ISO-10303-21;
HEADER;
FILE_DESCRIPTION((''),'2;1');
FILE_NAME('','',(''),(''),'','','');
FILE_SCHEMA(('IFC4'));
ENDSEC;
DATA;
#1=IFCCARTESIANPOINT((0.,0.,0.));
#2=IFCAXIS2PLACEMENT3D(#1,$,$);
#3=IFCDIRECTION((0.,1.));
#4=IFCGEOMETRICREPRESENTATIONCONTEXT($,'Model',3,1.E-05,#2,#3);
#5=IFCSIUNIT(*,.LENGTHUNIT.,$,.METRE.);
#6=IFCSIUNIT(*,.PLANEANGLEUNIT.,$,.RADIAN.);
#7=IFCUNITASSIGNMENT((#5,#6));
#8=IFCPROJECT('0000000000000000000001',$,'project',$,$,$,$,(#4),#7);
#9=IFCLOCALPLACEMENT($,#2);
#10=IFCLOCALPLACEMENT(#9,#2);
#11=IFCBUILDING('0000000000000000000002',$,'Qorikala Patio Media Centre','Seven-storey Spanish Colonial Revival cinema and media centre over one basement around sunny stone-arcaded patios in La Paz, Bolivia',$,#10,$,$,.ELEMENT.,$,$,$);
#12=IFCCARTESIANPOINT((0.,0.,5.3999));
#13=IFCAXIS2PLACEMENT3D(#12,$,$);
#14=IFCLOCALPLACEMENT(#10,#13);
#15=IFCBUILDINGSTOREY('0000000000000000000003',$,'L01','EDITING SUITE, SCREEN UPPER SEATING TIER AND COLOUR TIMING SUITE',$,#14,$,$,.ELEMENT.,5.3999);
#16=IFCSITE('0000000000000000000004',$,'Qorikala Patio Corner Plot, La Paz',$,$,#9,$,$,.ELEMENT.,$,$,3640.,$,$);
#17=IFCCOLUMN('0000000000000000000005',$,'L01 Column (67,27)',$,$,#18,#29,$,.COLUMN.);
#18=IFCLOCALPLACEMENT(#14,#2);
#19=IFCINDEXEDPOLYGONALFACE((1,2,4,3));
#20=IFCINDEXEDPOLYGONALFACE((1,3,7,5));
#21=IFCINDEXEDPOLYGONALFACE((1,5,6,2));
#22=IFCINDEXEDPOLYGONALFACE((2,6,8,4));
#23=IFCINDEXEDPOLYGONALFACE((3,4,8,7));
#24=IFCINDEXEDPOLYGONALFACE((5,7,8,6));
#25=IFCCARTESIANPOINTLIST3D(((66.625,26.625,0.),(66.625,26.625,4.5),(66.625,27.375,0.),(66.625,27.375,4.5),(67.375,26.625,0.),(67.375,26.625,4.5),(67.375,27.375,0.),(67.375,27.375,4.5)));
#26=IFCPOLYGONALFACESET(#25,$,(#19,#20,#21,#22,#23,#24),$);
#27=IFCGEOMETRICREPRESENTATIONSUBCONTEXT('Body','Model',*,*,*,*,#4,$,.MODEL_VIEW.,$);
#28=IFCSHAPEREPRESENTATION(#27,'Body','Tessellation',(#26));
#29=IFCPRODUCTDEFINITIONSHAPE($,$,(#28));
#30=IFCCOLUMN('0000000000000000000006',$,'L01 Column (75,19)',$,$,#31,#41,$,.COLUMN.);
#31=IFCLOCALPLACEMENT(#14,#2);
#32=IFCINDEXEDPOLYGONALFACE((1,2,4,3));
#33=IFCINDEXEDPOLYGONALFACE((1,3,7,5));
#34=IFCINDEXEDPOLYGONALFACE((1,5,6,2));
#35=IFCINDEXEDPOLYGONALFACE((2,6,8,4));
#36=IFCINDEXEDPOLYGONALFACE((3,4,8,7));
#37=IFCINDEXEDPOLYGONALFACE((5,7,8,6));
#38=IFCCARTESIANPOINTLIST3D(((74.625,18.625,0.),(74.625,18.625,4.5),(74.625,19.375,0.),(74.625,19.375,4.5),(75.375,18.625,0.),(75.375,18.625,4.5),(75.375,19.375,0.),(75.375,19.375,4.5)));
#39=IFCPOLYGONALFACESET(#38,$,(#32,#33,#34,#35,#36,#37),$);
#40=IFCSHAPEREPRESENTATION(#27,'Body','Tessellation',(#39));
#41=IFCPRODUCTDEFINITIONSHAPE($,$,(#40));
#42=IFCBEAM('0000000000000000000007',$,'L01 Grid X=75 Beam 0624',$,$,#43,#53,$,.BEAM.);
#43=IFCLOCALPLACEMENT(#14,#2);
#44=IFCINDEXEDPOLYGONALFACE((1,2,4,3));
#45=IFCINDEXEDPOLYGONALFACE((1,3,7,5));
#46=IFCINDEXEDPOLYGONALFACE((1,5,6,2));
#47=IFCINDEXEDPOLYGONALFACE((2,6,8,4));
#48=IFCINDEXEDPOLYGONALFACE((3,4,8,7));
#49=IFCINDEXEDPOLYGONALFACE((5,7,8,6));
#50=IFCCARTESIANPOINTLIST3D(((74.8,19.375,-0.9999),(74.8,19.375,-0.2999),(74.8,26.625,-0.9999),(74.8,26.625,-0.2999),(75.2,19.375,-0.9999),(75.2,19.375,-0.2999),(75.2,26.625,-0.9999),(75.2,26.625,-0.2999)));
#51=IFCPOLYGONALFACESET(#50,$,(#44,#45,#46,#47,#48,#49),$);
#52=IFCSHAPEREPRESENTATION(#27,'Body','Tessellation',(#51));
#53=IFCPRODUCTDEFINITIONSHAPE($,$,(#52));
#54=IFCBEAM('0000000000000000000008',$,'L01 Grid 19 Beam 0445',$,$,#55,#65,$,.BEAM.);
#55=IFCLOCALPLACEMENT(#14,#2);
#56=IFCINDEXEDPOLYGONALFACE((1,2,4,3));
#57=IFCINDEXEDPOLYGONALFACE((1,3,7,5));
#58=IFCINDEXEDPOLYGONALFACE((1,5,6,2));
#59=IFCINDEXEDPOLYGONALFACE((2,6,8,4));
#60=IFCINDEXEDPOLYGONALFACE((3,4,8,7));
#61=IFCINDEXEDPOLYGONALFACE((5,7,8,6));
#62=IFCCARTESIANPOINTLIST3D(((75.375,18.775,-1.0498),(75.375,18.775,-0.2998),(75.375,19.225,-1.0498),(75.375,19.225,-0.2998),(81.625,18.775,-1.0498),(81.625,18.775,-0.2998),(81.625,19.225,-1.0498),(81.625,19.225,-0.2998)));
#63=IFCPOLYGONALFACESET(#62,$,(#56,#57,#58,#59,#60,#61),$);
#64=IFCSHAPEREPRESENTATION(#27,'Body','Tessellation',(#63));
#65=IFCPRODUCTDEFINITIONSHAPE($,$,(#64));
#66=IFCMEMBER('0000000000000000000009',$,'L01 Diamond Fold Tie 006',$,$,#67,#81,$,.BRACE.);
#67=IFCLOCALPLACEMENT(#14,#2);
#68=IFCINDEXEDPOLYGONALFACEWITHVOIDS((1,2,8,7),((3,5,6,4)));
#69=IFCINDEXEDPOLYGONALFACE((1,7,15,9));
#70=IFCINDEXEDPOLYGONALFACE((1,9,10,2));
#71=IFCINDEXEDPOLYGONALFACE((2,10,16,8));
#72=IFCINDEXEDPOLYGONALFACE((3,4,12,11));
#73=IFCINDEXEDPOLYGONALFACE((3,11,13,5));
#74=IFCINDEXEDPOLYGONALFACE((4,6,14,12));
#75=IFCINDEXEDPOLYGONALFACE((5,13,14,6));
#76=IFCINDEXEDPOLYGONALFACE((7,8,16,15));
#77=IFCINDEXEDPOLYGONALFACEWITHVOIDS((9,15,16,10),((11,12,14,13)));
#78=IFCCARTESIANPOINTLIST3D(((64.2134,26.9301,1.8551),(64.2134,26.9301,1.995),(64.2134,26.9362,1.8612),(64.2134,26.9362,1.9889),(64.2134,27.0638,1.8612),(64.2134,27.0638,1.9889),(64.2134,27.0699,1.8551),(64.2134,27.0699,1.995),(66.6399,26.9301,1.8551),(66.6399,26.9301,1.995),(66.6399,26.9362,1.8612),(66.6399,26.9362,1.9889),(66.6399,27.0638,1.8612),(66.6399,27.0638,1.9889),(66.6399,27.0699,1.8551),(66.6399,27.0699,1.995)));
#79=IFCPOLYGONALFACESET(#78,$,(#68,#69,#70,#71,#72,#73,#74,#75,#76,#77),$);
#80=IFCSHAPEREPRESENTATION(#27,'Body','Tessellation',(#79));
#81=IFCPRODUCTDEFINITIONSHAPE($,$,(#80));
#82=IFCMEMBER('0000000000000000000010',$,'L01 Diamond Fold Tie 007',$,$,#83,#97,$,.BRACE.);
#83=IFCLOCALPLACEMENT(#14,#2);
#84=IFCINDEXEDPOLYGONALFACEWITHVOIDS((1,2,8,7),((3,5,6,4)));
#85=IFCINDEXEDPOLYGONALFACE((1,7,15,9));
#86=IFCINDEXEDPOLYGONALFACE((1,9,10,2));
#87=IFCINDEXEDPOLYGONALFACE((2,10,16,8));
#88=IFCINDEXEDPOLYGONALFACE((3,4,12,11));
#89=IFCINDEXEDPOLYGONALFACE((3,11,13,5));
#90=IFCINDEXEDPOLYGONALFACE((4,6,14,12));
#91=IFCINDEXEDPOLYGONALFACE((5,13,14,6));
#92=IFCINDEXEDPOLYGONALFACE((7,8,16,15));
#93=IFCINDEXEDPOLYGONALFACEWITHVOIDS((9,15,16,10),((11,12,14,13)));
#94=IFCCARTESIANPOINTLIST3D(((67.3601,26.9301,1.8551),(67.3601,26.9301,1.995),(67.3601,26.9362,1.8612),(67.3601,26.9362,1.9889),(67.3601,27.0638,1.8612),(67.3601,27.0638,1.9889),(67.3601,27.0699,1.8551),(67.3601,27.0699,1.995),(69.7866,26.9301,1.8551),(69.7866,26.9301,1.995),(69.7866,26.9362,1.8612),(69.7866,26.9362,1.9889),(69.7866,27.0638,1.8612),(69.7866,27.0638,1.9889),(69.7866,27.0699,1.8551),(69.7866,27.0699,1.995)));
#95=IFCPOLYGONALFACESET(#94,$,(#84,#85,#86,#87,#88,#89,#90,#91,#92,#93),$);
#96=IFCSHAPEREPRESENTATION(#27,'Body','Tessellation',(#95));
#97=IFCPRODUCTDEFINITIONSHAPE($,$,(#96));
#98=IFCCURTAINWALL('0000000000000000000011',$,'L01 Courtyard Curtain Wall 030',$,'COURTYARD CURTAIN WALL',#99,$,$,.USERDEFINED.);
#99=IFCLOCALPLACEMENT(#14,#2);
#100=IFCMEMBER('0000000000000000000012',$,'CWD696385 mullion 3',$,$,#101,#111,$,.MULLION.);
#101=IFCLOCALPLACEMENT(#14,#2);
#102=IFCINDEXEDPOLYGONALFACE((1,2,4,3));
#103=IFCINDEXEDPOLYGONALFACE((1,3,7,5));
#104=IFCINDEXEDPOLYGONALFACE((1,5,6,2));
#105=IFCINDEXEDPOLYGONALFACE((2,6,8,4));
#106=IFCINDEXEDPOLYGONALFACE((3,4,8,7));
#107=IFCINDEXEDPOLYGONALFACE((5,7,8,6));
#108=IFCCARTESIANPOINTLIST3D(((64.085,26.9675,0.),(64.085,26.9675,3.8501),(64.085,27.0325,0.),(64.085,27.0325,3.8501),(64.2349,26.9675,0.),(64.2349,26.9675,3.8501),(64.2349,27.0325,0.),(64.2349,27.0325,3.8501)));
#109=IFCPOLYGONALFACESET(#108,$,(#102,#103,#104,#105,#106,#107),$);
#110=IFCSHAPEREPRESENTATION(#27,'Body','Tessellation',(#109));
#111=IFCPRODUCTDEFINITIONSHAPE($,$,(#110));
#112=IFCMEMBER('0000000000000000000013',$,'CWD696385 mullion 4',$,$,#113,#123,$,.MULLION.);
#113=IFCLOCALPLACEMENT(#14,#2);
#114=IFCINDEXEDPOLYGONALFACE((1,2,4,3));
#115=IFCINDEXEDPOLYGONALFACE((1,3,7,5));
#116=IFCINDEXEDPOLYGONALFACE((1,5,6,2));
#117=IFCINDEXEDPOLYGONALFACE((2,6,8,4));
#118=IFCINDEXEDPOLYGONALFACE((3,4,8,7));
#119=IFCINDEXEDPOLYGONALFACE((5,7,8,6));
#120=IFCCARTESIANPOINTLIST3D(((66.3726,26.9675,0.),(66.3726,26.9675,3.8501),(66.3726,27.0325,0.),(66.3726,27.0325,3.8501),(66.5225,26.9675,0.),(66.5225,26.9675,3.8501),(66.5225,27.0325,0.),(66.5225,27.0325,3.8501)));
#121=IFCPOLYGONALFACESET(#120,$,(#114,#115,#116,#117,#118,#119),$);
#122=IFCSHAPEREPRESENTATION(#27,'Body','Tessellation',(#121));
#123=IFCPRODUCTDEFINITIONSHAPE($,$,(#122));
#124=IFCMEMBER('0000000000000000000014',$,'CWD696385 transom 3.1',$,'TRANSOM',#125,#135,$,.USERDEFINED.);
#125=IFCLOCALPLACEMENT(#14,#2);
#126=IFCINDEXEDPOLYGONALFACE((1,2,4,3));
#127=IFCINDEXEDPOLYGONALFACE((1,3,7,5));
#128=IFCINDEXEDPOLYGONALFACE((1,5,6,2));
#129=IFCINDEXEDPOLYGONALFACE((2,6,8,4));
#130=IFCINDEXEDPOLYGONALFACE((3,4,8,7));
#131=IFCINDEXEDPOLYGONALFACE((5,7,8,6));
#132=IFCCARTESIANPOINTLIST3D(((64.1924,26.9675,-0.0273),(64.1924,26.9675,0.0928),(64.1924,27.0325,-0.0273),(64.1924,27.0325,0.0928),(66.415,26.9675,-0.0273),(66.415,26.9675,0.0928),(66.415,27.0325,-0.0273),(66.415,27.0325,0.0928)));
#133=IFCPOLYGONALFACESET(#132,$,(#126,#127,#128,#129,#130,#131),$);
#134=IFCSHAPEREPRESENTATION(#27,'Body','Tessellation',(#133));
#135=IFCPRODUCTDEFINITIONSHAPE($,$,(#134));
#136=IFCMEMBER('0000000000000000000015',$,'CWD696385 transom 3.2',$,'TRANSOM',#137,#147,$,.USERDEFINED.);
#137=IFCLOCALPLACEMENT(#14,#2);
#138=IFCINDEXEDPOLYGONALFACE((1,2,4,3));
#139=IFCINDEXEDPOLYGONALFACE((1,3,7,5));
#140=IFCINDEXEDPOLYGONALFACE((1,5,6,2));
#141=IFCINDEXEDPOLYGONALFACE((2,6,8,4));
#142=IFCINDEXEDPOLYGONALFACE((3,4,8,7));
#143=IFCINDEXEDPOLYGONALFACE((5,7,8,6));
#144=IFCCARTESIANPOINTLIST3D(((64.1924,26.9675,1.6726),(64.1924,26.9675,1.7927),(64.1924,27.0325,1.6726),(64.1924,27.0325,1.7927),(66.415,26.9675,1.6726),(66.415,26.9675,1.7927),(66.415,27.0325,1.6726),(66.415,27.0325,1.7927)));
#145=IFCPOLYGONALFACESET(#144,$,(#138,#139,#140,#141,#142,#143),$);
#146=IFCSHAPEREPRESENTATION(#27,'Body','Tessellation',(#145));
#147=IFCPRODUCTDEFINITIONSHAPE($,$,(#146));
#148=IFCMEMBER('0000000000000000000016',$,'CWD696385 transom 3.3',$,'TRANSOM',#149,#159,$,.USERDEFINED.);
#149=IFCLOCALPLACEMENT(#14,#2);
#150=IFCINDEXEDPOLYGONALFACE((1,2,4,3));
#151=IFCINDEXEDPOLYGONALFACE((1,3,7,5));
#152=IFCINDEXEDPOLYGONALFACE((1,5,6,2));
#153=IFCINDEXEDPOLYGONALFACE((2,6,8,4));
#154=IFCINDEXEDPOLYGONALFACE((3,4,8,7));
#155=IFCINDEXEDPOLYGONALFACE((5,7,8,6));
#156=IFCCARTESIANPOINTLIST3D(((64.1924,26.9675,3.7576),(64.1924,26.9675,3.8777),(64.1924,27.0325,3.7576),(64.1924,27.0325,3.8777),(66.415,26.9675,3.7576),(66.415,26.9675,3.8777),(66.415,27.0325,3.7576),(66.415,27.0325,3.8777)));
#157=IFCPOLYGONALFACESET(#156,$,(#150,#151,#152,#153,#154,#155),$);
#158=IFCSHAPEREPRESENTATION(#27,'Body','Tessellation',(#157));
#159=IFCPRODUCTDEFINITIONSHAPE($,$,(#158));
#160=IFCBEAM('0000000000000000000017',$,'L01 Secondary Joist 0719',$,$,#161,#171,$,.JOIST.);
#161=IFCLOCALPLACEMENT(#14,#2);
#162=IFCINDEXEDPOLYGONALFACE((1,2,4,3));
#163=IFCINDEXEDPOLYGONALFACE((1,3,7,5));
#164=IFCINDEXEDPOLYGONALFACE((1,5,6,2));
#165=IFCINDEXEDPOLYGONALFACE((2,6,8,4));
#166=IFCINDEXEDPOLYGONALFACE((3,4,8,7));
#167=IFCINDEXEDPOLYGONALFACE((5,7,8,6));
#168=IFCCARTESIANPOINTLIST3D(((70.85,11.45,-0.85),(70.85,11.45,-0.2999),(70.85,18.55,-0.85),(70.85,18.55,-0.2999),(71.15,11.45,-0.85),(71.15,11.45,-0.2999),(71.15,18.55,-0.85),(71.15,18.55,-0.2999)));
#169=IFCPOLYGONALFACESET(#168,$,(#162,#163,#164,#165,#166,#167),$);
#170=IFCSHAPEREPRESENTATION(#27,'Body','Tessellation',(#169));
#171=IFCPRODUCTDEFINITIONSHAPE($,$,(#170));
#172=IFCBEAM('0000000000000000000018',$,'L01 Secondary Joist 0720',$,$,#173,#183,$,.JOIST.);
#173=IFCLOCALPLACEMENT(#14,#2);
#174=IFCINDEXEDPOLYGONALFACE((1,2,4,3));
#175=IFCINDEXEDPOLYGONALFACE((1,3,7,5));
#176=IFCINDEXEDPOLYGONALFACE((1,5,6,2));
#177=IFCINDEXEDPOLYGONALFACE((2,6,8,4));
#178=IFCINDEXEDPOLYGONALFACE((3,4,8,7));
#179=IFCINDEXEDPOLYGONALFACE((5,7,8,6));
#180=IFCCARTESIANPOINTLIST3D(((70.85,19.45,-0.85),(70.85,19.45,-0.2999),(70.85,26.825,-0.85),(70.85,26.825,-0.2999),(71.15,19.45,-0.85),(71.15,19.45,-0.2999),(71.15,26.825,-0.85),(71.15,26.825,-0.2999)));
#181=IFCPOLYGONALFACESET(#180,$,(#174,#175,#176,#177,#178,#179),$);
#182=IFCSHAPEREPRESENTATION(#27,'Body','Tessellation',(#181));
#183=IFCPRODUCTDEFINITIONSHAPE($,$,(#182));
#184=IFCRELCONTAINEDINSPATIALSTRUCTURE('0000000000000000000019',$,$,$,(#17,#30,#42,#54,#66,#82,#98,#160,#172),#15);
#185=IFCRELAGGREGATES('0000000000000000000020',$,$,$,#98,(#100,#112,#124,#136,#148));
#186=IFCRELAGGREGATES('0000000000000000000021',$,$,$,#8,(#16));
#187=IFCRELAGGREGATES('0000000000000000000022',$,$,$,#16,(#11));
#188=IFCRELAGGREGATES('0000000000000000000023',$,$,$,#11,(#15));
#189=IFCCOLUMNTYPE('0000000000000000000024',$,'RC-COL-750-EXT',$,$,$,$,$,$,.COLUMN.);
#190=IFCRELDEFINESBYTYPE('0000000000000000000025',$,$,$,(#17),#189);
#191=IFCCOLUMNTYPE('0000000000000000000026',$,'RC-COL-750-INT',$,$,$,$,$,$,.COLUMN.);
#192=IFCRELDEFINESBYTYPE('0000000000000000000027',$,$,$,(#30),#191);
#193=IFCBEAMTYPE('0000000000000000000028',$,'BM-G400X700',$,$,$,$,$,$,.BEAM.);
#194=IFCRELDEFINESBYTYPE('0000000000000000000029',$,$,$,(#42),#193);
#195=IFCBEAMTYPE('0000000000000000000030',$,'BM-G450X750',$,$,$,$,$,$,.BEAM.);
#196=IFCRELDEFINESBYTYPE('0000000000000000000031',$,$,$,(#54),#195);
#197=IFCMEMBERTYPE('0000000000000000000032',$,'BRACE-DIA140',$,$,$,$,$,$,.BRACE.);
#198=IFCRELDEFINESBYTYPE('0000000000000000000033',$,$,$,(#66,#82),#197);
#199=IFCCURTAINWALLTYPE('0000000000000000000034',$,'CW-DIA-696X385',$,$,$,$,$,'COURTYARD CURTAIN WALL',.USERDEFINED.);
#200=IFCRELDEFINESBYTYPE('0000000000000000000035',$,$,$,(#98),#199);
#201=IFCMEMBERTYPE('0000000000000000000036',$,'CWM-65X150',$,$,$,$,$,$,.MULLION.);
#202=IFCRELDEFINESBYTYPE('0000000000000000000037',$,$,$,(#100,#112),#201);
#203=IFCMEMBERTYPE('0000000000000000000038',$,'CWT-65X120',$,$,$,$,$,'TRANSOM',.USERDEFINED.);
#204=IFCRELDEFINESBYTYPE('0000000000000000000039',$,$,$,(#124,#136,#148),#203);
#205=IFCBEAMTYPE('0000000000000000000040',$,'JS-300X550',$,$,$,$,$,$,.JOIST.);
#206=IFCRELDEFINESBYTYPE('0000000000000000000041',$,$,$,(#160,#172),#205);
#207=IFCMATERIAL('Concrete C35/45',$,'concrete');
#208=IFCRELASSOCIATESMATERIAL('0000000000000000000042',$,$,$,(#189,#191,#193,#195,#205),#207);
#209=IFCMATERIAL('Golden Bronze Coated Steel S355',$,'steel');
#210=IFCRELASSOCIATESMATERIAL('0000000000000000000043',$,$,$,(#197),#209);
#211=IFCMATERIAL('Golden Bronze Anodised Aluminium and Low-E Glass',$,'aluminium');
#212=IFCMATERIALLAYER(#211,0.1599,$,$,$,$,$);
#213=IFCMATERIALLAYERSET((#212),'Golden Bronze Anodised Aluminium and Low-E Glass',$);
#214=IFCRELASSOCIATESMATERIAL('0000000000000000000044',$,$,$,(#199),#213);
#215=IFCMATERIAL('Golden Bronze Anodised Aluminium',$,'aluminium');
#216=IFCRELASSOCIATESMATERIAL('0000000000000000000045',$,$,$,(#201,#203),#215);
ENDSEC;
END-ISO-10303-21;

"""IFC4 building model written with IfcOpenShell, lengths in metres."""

from ifc_helpers import new_model, si_unit, direction, frame, origin, origin_2d, place, context, subcontext, project, spatial, rectangle, hollow_rectangle, extrude, material, layer, layer_set, material_profile, profile_set, type_object, element, aggregate, save


model = new_model("IFC4")

# Units and contexts
model_context = context("Model", 3, precision=1e-05, world=origin(), true_north=direction((0.0, 1.0)))
body_context = subcontext(model_context, "Body", "Model", "MODEL_VIEW")
ifc_project = project(units=[si_unit("LENGTHUNIT", "METRE"), si_unit("PLANEANGLEUNIT", "RADIAN")], contexts=[model_context])

# Site, building, storey
site_placement = place(None, origin())
site = spatial("IfcSite", under=ifc_project, at=site_placement, Name="Qorikala Patio Corner Plot, La Paz", CompositionType="ELEMENT", RefElevation=3640.0)
building_placement = place(site_placement, origin())
building = spatial("IfcBuilding", under=site, at=building_placement, Name="Qorikala Patio Media Centre", Description="Seven-storey Spanish Colonial Revival cinema and media centre over one basement around sunny stone-arcaded patios in La Paz, Bolivia", CompositionType="ELEMENT")
storey_placement = place(building_placement, frame((0.0, 0.0, 5.3999)))
storey = spatial("IfcBuildingStorey", under=building, at=storey_placement, Name="L01", Description="EDITING SUITE, SCREEN UPPER SEATING TIER AND COLOUR TIMING SUITE", CompositionType="ELEMENT", Elevation=5.3999)

# Columns
ifc_material_1 = material(Name="Concrete C35/45", Category="concrete")
ifc_material_profile_1 = material_profile(ifc_material_1, rectangle(XDim=0.75, YDim=0.75, at=origin_2d()), Name="RC 750x750")
ifc_profile_set_1 = profile_set([ifc_material_profile_1], Name="Concrete C35/45")
column_type_1 = type_object("IfcColumnType", Name="RC-COL-750-EXT", PredefinedType="COLUMN", material=ifc_profile_set_1)
column_1_placement = place(storey_placement, frame((67.0, 27.0, 0.0), z_axis=(0.0, 0.0, 1.0), x_axis=(1.0, 0.0, 0.0)))
element("IfcColumn", 1, at=column_1_placement, inside=storey, type_object=column_type_1, Name="L01 Column (67,27)", PredefinedType="COLUMN", context=body_context, shape_type="SweptSolid", body=[
    extrude(rectangle(XDim=0.75, YDim=0.75, at=origin_2d()), origin(), (0.0, 0.0, 1.0), 4.5),
])
ifc_material_profile_2 = material_profile(ifc_material_1, rectangle(XDim=0.75, YDim=0.75, at=origin_2d()), Name="RC 750x750")
ifc_profile_set_2 = profile_set([ifc_material_profile_2], Name="Concrete C35/45")
column_type_2 = type_object("IfcColumnType", Name="RC-COL-750-INT", PredefinedType="COLUMN", material=ifc_profile_set_2)
column_2_placement = place(storey_placement, frame((75.0, 19.0, 0.0), z_axis=(0.0, 0.0, 1.0), x_axis=(1.0, 0.0, 0.0)))
element("IfcColumn", 2, at=column_2_placement, inside=storey, type_object=column_type_2, Name="L01 Column (75,19)", PredefinedType="COLUMN", context=body_context, shape_type="SweptSolid", body=[
    extrude(rectangle(XDim=0.75, YDim=0.75, at=origin_2d()), origin(), (0.0, 0.0, 1.0), 4.5),
])

# Beams
ifc_material_profile_3 = material_profile(ifc_material_1, rectangle(XDim=0.3999, YDim=0.7, at=origin_2d()), Name="RC 400x700")
ifc_profile_set_3 = profile_set([ifc_material_profile_3], Name="Concrete C35/45")
beam_type_1 = type_object("IfcBeamType", Name="BM-G400X700", PredefinedType="BEAM", material=ifc_profile_set_3)
beam_1_placement = place(storey_placement, frame((75.0, 19.375, -0.6499), z_axis=(0.0, 1.0, 0.0), x_axis=(-1.0, 0.0, 0.0)))
element("IfcBeam", 3, at=beam_1_placement, inside=storey, type_object=beam_type_1, Name="L01 Grid X=75 Beam 0624", PredefinedType="BEAM", context=body_context, shape_type="SweptSolid", body=[
    extrude(rectangle(XDim=0.3999, YDim=0.7, at=origin_2d()), origin(), (0.0, 0.0, 1.0), 7.25),
])
ifc_material_profile_4 = material_profile(ifc_material_1, rectangle(XDim=0.45, YDim=0.75, at=origin_2d()), Name="RC 450x750")
ifc_profile_set_4 = profile_set([ifc_material_profile_4], Name="Concrete C35/45")
beam_type_2 = type_object("IfcBeamType", Name="BM-G450X750", PredefinedType="BEAM", material=ifc_profile_set_4)
beam_2_placement = place(storey_placement, frame((75.375, 19.0, -0.6748), z_axis=(1.0, 0.0, 0.0), x_axis=(0.0, 1.0, 0.0)))
element("IfcBeam", 4, at=beam_2_placement, inside=storey, type_object=beam_type_2, Name="L01 Grid 19 Beam 0445", PredefinedType="BEAM", context=body_context, shape_type="SweptSolid", body=[
    extrude(rectangle(XDim=0.45, YDim=0.75, at=origin_2d()), origin(), (0.0, 0.0, 1.0), 6.25),
])

# Members
ifc_material_2 = material(Name="Golden Bronze Coated Steel S355", Category="steel")
ifc_material_profile_5 = material_profile(ifc_material_2, hollow_rectangle(XDim=0.1399, YDim=0.1399, WallThickness=0.0061, at=origin_2d()), Name="HSS140X140X6")
ifc_profile_set_5 = profile_set([ifc_material_profile_5], Name="Golden Bronze Coated Steel S355")
member_type_1 = type_object("IfcMemberType", Name="BRACE-DIA140", PredefinedType="BRACE", material=ifc_profile_set_5)
for number, where, z_axis, x_axis, name in (
    (5, (64.2134, 27.0, 1.925), (1.0, 0.0, 0.0), (0.0, 1.0, 0.0), "L01 Diamond Fold Tie 006"),
    (6, (67.3601, 27.0, 1.925), (1.0, 0.0, 0.0), (0.0, 1.0, 0.0), "L01 Diamond Fold Tie 007"),
):
    element("IfcMember", number, at=place(storey_placement, frame(where, z_axis=z_axis, x_axis=x_axis)), inside=storey, type_object=member_type_1, Name=name, PredefinedType="BRACE", context=body_context, shape_type="SweptSolid", body=[
        extrude(hollow_rectangle(XDim=0.1399, YDim=0.1399, WallThickness=0.0061, at=origin_2d()), origin(), (0.0, 0.0, 1.0), 2.4265),
    ])

# Curtain wall, members
ifc_material_3 = material(Name="Golden Bronze Anodised Aluminium and Low-E Glass", Category="aluminium")
ifc_layer_1 = layer(ifc_material_3, 0.1599)
ifc_layer_set_1 = layer_set([ifc_layer_1], Name="Golden Bronze Anodised Aluminium and Low-E Glass")
curtain_wall_type = type_object("IfcCurtainWallType", Name="CW-DIA-696X385", ElementType="COURTYARD CURTAIN WALL", PredefinedType="USERDEFINED", material=ifc_layer_set_1)
curtain_wall_placement = place(storey_placement, origin())
curtain_wall = element("IfcCurtainWall", 7, at=curtain_wall_placement, inside=storey, type_object=curtain_wall_type, Name="L01 Courtyard Curtain Wall 030", ObjectType="COURTYARD CURTAIN WALL", PredefinedType="USERDEFINED")
ifc_material_4 = material(Name="Golden Bronze Anodised Aluminium", Category="aluminium")
ifc_material_profile_6 = material_profile(ifc_material_4, rectangle(XDim=0.0649, YDim=0.1499, at=origin_2d()), Name="ALU MULLION 65x150")
ifc_profile_set_6 = profile_set([ifc_material_profile_6], Name="Golden Bronze Anodised Aluminium")
member_type_2 = type_object("IfcMemberType", Name="CWM-65X150", PredefinedType="MULLION", material=ifc_profile_set_6)
member_1_placement = place(storey_placement, frame((64.1599, 27.0, 0.0), z_axis=(0.0, 0.0, 1.0), x_axis=(0.0, 1.0, 0.0)))
member_1 = element("IfcMember", 8, at=member_1_placement, type_object=member_type_2, Name="CWD696385 mullion 3", PredefinedType="MULLION", context=body_context, shape_type="SweptSolid", body=[
    extrude(rectangle(XDim=0.0649, YDim=0.1499, at=origin_2d()), origin(), (0.0, 0.0, 1.0), 3.8501),
])
member_2_placement = place(storey_placement, frame((66.4475, 27.0, 0.0), z_axis=(0.0, 0.0, 1.0), x_axis=(0.0, 1.0, 0.0)))
member_2 = element("IfcMember", 9, at=member_2_placement, type_object=member_type_2, Name="CWD696385 mullion 4", PredefinedType="MULLION", context=body_context, shape_type="SweptSolid", body=[
    extrude(rectangle(XDim=0.0649, YDim=0.1499, at=origin_2d()), origin(), (0.0, 0.0, 1.0), 3.8501),
])
ifc_material_profile_7 = material_profile(ifc_material_4, rectangle(XDim=0.0649, YDim=0.1201, at=origin_2d()), Name="ALU TRANSOM 65x120")
ifc_profile_set_7 = profile_set([ifc_material_profile_7], Name="Golden Bronze Anodised Aluminium")
member_type_3 = type_object("IfcMemberType", Name="CWT-65X120", ElementType="TRANSOM", PredefinedType="USERDEFINED", material=ifc_profile_set_7)
member_3_placement = place(storey_placement, frame((64.1924, 27.0, 0.0327), z_axis=(1.0, 0.0, 0.0), x_axis=(0.0, 1.0, 0.0)))
member_3 = element("IfcMember", 10, at=member_3_placement, type_object=member_type_3, Name="CWD696385 transom 3.1", ObjectType="TRANSOM", PredefinedType="USERDEFINED", context=body_context, shape_type="SweptSolid", body=[
    extrude(rectangle(XDim=0.0649, YDim=0.1201, at=origin_2d()), origin(), (0.0, 0.0, 1.0), 2.2227),
])
member_4_placement = place(storey_placement, frame((64.1924, 27.0, 1.7327), z_axis=(1.0, 0.0, 0.0), x_axis=(0.0, 1.0, 0.0)))
member_4 = element("IfcMember", 11, at=member_4_placement, type_object=member_type_3, Name="CWD696385 transom 3.2", ObjectType="TRANSOM", PredefinedType="USERDEFINED", context=body_context, shape_type="SweptSolid", body=[
    extrude(rectangle(XDim=0.0649, YDim=0.1201, at=origin_2d()), origin(), (0.0, 0.0, 1.0), 2.2227),
])
member_5_placement = place(storey_placement, frame((64.1924, 27.0, 3.8176), z_axis=(1.0, 0.0, 0.0), x_axis=(0.0, 1.0, 0.0)))
member_5 = element("IfcMember", 12, at=member_5_placement, type_object=member_type_3, Name="CWD696385 transom 3.3", ObjectType="TRANSOM", PredefinedType="USERDEFINED", context=body_context, shape_type="SweptSolid", body=[
    extrude(rectangle(XDim=0.0649, YDim=0.1201, at=origin_2d()), origin(), (0.0, 0.0, 1.0), 2.2227),
])

# Beams
ifc_material_profile_8 = material_profile(ifc_material_1, rectangle(XDim=0.3, YDim=0.55, at=origin_2d()), Name="RC 300x550")
ifc_profile_set_8 = profile_set([ifc_material_profile_8], Name="Concrete C35/45")
beam_type_3 = type_object("IfcBeamType", Name="JS-300X550", PredefinedType="JOIST", material=ifc_profile_set_8)
beam_3_placement = place(storey_placement, frame((71.0, 11.45, -0.575), z_axis=(0.0, 1.0, 0.0), x_axis=(-1.0, 0.0, 0.0)))
element("IfcBeam", 13, at=beam_3_placement, inside=storey, type_object=beam_type_3, Name="L01 Secondary Joist 0719", PredefinedType="JOIST", context=body_context, shape_type="SweptSolid", body=[
    extrude(rectangle(XDim=0.3, YDim=0.55, at=origin_2d()), origin(), (0.0, 0.0, 1.0), 7.1001),
])
beam_4_placement = place(storey_placement, frame((71.0, 19.45, -0.575), z_axis=(0.0, 1.0, 0.0), x_axis=(-1.0, 0.0, 0.0)))
element("IfcBeam", 14, at=beam_4_placement, inside=storey, type_object=beam_type_3, Name="L01 Secondary Joist 0720", PredefinedType="JOIST", context=body_context, shape_type="SweptSolid", body=[
    extrude(rectangle(XDim=0.3, YDim=0.55, at=origin_2d()), origin(), (0.0, 0.0, 1.0), 7.375),
])

aggregate(curtain_wall, [member_1, member_2, member_3, member_4, member_5])

save(model, "model.ifc")
